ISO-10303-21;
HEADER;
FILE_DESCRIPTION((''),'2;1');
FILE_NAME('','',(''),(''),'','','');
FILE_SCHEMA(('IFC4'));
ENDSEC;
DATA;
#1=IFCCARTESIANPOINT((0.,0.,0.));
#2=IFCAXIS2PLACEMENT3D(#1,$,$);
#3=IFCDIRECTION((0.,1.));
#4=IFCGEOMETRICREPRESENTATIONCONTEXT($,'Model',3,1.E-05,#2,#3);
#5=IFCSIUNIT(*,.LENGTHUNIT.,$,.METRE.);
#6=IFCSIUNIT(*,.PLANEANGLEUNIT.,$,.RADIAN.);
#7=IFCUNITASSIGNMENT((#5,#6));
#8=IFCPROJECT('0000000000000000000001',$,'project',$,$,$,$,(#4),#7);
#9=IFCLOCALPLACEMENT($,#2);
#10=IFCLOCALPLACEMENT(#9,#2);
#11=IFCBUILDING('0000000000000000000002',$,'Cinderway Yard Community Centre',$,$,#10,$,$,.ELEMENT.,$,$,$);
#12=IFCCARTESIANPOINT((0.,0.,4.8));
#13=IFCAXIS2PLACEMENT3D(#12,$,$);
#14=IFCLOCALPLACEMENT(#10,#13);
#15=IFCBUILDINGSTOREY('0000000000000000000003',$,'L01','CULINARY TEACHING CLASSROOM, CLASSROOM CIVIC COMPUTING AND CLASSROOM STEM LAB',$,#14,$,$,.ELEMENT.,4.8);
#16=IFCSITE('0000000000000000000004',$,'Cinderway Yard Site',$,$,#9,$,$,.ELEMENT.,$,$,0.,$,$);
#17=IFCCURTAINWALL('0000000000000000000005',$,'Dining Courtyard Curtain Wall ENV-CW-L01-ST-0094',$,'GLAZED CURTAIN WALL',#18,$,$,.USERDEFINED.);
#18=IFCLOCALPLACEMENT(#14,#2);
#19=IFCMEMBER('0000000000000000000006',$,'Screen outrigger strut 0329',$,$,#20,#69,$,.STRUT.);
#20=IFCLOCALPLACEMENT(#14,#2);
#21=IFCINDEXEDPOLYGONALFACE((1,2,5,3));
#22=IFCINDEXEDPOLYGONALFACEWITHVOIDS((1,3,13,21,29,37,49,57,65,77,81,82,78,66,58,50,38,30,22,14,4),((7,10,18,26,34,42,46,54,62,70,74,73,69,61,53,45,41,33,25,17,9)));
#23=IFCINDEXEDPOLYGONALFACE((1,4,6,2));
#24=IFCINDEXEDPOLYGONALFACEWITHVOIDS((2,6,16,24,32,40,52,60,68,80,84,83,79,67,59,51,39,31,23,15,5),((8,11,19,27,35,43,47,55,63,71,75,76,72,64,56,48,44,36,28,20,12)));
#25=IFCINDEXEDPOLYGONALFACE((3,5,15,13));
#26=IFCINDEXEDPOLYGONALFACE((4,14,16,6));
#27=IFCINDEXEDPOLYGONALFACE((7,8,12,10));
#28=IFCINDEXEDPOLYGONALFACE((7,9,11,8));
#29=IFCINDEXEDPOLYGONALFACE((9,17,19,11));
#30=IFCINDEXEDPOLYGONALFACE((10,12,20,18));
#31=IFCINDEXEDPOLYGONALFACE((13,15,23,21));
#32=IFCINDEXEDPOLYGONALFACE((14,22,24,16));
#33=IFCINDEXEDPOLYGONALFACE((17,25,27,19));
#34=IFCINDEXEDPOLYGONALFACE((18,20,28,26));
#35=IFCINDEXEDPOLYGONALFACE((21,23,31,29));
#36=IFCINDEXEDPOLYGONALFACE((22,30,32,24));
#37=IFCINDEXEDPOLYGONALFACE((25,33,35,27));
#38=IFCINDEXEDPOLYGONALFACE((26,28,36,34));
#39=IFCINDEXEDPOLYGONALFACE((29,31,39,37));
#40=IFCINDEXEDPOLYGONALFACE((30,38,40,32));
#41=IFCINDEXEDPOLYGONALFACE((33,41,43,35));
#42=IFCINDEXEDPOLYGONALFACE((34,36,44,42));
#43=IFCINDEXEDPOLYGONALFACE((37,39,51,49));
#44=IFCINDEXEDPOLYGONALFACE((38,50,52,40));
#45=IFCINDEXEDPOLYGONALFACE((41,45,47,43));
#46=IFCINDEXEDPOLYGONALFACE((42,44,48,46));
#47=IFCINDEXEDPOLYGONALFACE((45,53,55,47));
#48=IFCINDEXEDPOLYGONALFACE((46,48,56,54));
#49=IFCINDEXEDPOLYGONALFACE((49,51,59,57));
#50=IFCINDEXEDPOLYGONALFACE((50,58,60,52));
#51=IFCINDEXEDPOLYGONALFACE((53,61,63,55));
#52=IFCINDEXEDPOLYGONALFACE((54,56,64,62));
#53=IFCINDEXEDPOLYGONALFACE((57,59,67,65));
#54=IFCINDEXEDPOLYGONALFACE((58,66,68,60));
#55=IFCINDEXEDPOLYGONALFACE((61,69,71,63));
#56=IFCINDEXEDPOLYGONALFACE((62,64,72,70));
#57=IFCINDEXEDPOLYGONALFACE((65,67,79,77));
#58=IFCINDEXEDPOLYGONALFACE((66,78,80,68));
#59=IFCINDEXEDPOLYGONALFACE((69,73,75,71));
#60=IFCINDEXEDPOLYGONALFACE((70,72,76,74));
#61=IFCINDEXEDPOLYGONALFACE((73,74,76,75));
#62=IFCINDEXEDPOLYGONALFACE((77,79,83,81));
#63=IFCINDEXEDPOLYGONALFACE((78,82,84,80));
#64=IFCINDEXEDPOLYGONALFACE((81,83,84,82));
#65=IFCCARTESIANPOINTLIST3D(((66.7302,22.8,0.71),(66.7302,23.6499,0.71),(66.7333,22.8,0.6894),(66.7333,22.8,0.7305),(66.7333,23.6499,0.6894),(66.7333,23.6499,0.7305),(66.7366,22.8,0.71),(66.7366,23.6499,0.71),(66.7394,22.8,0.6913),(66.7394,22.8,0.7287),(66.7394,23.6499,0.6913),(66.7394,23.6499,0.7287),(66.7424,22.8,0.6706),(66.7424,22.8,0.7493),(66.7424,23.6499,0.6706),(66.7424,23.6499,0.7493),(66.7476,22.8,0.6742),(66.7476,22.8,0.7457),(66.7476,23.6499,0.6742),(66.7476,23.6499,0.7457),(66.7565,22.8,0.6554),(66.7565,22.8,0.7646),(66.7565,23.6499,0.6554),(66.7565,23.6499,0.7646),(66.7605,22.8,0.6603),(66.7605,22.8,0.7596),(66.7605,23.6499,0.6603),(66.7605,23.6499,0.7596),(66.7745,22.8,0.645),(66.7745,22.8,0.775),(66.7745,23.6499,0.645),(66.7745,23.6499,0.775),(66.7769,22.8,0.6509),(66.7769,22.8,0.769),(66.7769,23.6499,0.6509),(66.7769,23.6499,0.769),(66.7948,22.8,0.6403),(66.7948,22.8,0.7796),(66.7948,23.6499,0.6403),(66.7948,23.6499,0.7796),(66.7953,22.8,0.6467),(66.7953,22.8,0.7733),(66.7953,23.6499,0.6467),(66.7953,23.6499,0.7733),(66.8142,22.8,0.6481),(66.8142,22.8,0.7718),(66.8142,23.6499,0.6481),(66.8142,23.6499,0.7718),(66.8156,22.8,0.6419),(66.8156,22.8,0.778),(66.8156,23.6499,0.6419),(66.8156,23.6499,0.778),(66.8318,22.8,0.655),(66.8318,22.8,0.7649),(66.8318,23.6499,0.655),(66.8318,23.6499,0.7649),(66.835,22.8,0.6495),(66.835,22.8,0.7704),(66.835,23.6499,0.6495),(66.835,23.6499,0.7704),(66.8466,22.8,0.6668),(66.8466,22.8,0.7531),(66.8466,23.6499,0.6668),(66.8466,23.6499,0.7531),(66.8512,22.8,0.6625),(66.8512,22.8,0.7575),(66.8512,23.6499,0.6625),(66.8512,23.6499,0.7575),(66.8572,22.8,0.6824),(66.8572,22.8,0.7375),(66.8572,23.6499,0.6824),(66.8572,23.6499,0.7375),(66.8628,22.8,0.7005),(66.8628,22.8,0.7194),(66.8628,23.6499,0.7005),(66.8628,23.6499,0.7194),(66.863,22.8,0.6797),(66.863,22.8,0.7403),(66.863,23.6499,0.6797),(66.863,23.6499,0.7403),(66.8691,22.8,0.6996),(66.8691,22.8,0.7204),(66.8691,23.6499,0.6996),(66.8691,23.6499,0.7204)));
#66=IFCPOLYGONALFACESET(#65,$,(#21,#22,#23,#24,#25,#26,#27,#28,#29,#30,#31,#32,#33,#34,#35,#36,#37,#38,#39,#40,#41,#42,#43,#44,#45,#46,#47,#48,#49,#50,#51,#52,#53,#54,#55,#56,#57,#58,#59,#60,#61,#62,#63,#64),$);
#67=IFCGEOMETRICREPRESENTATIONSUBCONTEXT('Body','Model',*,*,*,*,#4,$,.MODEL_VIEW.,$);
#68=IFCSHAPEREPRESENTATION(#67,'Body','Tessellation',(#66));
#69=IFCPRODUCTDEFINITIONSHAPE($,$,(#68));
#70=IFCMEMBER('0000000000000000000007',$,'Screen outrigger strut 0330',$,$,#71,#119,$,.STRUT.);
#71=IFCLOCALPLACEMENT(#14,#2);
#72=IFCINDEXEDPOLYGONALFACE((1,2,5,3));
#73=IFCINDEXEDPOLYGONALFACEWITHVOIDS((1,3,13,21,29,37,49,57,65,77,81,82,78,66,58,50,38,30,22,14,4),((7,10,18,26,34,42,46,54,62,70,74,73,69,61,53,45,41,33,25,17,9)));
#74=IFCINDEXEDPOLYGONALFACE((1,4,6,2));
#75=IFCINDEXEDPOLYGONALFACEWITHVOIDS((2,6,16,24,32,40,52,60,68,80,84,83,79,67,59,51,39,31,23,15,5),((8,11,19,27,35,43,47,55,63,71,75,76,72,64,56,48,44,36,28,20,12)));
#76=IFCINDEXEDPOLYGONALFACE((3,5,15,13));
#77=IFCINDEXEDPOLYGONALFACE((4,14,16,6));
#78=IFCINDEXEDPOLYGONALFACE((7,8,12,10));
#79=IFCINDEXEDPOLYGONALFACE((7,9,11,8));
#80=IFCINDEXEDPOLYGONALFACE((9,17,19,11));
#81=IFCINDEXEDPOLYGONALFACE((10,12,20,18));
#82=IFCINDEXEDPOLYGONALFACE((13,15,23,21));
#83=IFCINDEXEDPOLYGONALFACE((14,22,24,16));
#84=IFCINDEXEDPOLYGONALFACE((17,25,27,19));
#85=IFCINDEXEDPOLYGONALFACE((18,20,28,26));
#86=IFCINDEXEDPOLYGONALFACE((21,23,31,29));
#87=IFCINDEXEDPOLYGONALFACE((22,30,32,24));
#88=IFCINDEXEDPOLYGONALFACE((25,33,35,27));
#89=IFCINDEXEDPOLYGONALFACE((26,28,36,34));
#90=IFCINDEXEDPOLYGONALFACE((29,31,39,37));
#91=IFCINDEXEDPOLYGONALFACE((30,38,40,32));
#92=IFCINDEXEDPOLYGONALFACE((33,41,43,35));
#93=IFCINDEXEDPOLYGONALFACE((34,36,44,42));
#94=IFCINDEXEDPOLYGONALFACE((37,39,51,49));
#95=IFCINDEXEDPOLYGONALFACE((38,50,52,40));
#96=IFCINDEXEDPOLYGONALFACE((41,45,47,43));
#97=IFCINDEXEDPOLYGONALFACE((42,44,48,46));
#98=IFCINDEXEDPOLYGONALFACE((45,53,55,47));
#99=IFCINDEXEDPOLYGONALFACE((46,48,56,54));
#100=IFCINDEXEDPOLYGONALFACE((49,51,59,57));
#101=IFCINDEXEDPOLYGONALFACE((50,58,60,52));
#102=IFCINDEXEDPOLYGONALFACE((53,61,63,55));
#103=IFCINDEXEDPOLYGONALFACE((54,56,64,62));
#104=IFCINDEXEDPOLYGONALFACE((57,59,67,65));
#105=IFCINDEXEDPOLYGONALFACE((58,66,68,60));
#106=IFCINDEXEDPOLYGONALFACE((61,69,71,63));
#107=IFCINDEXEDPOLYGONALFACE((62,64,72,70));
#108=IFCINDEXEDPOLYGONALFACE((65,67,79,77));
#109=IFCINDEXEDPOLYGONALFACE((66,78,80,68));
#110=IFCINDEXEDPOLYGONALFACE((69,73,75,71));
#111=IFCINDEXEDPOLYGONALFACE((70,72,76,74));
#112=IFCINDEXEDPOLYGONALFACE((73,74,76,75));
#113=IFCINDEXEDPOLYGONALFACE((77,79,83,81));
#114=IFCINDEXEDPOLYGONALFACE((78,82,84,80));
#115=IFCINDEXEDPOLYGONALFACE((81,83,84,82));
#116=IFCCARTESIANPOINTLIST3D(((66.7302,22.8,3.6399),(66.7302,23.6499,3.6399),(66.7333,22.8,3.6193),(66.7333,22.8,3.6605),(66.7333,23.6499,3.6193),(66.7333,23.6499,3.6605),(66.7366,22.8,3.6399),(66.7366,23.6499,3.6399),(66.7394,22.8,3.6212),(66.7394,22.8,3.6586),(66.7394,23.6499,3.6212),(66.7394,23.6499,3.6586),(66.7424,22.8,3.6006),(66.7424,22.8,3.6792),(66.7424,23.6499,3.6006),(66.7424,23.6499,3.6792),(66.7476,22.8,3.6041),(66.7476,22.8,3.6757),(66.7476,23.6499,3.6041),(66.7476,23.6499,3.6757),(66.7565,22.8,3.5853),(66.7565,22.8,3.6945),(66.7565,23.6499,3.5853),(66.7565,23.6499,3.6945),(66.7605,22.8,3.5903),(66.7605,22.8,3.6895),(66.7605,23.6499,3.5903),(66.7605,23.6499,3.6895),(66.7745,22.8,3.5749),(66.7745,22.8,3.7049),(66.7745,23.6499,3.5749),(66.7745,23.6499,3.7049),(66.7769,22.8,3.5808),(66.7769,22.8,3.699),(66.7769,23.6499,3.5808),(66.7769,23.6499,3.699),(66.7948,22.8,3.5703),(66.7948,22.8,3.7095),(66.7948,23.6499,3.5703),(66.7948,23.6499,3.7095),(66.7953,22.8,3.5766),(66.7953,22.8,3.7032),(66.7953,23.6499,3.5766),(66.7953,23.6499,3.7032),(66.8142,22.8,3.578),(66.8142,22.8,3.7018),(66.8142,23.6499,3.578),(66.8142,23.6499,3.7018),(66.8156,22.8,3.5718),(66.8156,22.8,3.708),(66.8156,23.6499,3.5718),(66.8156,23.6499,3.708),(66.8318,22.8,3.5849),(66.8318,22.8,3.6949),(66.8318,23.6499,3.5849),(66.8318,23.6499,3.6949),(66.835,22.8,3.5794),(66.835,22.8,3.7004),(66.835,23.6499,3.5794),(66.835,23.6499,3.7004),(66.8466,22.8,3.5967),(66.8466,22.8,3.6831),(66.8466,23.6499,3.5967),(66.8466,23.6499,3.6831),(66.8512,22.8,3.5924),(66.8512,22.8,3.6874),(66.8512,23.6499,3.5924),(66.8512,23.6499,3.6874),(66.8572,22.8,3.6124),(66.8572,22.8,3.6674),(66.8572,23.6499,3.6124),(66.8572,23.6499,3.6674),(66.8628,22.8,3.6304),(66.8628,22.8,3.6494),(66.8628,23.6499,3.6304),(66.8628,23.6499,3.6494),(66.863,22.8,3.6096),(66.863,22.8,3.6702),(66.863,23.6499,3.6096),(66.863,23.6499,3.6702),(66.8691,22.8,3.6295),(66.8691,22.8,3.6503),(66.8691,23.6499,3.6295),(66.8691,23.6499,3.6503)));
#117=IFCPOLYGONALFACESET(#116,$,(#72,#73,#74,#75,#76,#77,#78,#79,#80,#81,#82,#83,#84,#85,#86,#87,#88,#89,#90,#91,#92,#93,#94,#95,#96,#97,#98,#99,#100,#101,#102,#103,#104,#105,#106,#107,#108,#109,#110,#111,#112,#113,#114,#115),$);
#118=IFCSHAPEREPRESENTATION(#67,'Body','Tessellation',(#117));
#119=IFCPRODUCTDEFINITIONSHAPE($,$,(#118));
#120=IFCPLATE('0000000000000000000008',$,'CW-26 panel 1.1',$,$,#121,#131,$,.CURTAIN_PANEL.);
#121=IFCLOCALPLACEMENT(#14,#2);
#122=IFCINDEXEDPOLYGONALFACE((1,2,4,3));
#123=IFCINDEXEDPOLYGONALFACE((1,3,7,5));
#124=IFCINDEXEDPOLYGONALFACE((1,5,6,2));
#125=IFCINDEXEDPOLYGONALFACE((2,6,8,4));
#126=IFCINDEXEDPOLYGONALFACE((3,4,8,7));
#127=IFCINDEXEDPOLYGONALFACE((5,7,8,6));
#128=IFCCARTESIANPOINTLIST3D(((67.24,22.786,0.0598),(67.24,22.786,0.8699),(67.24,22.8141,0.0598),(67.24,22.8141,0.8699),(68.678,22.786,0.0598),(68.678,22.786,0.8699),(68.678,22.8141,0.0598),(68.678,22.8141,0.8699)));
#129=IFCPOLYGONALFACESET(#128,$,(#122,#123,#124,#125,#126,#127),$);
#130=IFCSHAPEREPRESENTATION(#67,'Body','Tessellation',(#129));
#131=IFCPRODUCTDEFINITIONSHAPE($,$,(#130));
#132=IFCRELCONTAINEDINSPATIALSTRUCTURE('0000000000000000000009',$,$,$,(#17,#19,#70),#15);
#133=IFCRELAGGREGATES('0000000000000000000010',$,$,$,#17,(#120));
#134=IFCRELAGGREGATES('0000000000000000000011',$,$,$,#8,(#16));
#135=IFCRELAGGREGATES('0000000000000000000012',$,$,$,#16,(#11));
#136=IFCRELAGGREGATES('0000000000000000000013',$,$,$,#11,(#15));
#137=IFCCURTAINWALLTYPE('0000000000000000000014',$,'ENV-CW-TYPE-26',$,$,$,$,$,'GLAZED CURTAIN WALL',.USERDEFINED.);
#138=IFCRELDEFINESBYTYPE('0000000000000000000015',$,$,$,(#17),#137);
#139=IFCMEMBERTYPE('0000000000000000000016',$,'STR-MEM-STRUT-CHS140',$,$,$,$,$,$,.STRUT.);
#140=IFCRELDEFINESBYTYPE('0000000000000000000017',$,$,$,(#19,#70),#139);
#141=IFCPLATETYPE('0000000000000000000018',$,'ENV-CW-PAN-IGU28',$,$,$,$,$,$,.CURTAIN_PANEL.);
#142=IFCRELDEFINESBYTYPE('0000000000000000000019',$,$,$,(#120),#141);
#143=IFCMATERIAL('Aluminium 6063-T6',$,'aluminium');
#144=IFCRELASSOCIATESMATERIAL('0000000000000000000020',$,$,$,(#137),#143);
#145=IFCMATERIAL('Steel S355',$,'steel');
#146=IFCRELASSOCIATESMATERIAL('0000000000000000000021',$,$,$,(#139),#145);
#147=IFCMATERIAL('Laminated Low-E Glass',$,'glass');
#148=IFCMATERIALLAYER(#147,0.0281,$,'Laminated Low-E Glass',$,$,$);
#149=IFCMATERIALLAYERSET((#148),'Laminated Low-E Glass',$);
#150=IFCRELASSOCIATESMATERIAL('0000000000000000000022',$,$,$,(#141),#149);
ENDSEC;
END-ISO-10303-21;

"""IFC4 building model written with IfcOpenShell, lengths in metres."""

from ifc_helpers import new_model, si_unit, direction, frame, origin, origin_2d, place, context, subcontext, project, spatial, rectangle, hollow_circle, extrude, material, layer, layer_set, material_profile, profile_set, type_object, element, aggregate, save


model = new_model("IFC4")

# Units and contexts
model_context = context("Model", 3, precision=1e-05, world=origin(), true_north=direction((0.0, 1.0)))
body_context = subcontext(model_context, "Body", "Model", "MODEL_VIEW")
ifc_project = project(units=[si_unit("LENGTHUNIT", "METRE"), si_unit("PLANEANGLEUNIT", "RADIAN")], contexts=[model_context])

# Site, building, storey
site_placement = place(None, origin())
site = spatial("IfcSite", under=ifc_project, at=site_placement, Name="Cinderway Yard Site", CompositionType="ELEMENT", RefElevation=0.0)
building_placement = place(site_placement, origin())
building = spatial("IfcBuilding", under=site, at=building_placement, Name="Cinderway Yard Community Centre", CompositionType="ELEMENT")
storey_placement = place(building_placement, frame((0.0, 0.0, 4.8)))
storey = spatial("IfcBuildingStorey", under=building, at=storey_placement, Name="L01", Description="CULINARY TEACHING CLASSROOM, CLASSROOM CIVIC COMPUTING AND CLASSROOM STEM LAB", CompositionType="ELEMENT", Elevation=4.8)

# Curtain wall
ifc_material_1 = material(Name="Aluminium 6063-T6", Category="aluminium")
curtain_wall_type = type_object("IfcCurtainWallType", Name="ENV-CW-TYPE-26", ElementType="GLAZED CURTAIN WALL", PredefinedType="USERDEFINED", material=ifc_material_1)
curtain_wall_placement = place(storey_placement, origin())
curtain_wall = element("IfcCurtainWall", 1, at=curtain_wall_placement, inside=storey, type_object=curtain_wall_type, Name="Dining Courtyard Curtain Wall ENV-CW-L01-ST-0094", ObjectType="GLAZED CURTAIN WALL", PredefinedType="USERDEFINED")

# Members
ifc_material_2 = material(Name="Steel S355", Category="steel")
ifc_material_profile_1 = material_profile(ifc_material_2, hollow_circle(Radius=0.0698, WallThickness=0.0063, at=origin_2d()), Name="Steel S355")
ifc_profile_set_1 = profile_set([ifc_material_profile_1], Name="Steel S355")
member_type_1 = type_object("IfcMemberType", Name="STR-MEM-STRUT-CHS140", PredefinedType="STRUT", material=ifc_profile_set_1)
for number, where, z_axis, x_axis, name in (
    (2, (66.8, 22.8, 0.71), (0.0, 1.0, 0.0), (-1.0, 0.0, 0.0), "Screen outrigger strut 0329"),
    (3, (66.8, 22.8, 3.6399), (0.0, 1.0, 0.0), (-1.0, 0.0, 0.0), "Screen outrigger strut 0330"),
):
    element("IfcMember", number, at=place(storey_placement, frame(where, z_axis=z_axis, x_axis=x_axis)), inside=storey, type_object=member_type_1, Name=name, PredefinedType="STRUT", context=body_context, shape_type="SweptSolid", body=[
        extrude(hollow_circle(Radius=0.0698, WallThickness=0.0063, at=origin_2d()), origin(), (0.0, 0.0, 1.0), 0.8499),
    ])

# Plate
ifc_material_3 = material(Name="Laminated Low-E Glass", Category="glass")
ifc_layer_1 = layer(ifc_material_3, 0.0281, Name="Laminated Low-E Glass")
ifc_layer_set_1 = layer_set([ifc_layer_1], Name="Laminated Low-E Glass")
plate_type = type_object("IfcPlateType", Name="ENV-CW-PAN-IGU28", PredefinedType="CURTAIN_PANEL", material=ifc_layer_set_1)
plate_placement = place(storey_placement, frame((67.959, 22.8, 0.0598), z_axis=(0.0, 0.0, 1.0), x_axis=(1.0, 0.0, 0.0)))
plate = element("IfcPlate", 4, at=plate_placement, type_object=plate_type, Name="CW-26 panel 1.1", PredefinedType="CURTAIN_PANEL", context=body_context, shape_type="SweptSolid", body=[
    extrude(rectangle(XDim=1.438, YDim=0.0281, at=origin_2d()), origin(), (0.0, 0.0, 1.0), 0.8101),
])
aggregate(curtain_wall, [plate])

save(model, "model.ifc")
